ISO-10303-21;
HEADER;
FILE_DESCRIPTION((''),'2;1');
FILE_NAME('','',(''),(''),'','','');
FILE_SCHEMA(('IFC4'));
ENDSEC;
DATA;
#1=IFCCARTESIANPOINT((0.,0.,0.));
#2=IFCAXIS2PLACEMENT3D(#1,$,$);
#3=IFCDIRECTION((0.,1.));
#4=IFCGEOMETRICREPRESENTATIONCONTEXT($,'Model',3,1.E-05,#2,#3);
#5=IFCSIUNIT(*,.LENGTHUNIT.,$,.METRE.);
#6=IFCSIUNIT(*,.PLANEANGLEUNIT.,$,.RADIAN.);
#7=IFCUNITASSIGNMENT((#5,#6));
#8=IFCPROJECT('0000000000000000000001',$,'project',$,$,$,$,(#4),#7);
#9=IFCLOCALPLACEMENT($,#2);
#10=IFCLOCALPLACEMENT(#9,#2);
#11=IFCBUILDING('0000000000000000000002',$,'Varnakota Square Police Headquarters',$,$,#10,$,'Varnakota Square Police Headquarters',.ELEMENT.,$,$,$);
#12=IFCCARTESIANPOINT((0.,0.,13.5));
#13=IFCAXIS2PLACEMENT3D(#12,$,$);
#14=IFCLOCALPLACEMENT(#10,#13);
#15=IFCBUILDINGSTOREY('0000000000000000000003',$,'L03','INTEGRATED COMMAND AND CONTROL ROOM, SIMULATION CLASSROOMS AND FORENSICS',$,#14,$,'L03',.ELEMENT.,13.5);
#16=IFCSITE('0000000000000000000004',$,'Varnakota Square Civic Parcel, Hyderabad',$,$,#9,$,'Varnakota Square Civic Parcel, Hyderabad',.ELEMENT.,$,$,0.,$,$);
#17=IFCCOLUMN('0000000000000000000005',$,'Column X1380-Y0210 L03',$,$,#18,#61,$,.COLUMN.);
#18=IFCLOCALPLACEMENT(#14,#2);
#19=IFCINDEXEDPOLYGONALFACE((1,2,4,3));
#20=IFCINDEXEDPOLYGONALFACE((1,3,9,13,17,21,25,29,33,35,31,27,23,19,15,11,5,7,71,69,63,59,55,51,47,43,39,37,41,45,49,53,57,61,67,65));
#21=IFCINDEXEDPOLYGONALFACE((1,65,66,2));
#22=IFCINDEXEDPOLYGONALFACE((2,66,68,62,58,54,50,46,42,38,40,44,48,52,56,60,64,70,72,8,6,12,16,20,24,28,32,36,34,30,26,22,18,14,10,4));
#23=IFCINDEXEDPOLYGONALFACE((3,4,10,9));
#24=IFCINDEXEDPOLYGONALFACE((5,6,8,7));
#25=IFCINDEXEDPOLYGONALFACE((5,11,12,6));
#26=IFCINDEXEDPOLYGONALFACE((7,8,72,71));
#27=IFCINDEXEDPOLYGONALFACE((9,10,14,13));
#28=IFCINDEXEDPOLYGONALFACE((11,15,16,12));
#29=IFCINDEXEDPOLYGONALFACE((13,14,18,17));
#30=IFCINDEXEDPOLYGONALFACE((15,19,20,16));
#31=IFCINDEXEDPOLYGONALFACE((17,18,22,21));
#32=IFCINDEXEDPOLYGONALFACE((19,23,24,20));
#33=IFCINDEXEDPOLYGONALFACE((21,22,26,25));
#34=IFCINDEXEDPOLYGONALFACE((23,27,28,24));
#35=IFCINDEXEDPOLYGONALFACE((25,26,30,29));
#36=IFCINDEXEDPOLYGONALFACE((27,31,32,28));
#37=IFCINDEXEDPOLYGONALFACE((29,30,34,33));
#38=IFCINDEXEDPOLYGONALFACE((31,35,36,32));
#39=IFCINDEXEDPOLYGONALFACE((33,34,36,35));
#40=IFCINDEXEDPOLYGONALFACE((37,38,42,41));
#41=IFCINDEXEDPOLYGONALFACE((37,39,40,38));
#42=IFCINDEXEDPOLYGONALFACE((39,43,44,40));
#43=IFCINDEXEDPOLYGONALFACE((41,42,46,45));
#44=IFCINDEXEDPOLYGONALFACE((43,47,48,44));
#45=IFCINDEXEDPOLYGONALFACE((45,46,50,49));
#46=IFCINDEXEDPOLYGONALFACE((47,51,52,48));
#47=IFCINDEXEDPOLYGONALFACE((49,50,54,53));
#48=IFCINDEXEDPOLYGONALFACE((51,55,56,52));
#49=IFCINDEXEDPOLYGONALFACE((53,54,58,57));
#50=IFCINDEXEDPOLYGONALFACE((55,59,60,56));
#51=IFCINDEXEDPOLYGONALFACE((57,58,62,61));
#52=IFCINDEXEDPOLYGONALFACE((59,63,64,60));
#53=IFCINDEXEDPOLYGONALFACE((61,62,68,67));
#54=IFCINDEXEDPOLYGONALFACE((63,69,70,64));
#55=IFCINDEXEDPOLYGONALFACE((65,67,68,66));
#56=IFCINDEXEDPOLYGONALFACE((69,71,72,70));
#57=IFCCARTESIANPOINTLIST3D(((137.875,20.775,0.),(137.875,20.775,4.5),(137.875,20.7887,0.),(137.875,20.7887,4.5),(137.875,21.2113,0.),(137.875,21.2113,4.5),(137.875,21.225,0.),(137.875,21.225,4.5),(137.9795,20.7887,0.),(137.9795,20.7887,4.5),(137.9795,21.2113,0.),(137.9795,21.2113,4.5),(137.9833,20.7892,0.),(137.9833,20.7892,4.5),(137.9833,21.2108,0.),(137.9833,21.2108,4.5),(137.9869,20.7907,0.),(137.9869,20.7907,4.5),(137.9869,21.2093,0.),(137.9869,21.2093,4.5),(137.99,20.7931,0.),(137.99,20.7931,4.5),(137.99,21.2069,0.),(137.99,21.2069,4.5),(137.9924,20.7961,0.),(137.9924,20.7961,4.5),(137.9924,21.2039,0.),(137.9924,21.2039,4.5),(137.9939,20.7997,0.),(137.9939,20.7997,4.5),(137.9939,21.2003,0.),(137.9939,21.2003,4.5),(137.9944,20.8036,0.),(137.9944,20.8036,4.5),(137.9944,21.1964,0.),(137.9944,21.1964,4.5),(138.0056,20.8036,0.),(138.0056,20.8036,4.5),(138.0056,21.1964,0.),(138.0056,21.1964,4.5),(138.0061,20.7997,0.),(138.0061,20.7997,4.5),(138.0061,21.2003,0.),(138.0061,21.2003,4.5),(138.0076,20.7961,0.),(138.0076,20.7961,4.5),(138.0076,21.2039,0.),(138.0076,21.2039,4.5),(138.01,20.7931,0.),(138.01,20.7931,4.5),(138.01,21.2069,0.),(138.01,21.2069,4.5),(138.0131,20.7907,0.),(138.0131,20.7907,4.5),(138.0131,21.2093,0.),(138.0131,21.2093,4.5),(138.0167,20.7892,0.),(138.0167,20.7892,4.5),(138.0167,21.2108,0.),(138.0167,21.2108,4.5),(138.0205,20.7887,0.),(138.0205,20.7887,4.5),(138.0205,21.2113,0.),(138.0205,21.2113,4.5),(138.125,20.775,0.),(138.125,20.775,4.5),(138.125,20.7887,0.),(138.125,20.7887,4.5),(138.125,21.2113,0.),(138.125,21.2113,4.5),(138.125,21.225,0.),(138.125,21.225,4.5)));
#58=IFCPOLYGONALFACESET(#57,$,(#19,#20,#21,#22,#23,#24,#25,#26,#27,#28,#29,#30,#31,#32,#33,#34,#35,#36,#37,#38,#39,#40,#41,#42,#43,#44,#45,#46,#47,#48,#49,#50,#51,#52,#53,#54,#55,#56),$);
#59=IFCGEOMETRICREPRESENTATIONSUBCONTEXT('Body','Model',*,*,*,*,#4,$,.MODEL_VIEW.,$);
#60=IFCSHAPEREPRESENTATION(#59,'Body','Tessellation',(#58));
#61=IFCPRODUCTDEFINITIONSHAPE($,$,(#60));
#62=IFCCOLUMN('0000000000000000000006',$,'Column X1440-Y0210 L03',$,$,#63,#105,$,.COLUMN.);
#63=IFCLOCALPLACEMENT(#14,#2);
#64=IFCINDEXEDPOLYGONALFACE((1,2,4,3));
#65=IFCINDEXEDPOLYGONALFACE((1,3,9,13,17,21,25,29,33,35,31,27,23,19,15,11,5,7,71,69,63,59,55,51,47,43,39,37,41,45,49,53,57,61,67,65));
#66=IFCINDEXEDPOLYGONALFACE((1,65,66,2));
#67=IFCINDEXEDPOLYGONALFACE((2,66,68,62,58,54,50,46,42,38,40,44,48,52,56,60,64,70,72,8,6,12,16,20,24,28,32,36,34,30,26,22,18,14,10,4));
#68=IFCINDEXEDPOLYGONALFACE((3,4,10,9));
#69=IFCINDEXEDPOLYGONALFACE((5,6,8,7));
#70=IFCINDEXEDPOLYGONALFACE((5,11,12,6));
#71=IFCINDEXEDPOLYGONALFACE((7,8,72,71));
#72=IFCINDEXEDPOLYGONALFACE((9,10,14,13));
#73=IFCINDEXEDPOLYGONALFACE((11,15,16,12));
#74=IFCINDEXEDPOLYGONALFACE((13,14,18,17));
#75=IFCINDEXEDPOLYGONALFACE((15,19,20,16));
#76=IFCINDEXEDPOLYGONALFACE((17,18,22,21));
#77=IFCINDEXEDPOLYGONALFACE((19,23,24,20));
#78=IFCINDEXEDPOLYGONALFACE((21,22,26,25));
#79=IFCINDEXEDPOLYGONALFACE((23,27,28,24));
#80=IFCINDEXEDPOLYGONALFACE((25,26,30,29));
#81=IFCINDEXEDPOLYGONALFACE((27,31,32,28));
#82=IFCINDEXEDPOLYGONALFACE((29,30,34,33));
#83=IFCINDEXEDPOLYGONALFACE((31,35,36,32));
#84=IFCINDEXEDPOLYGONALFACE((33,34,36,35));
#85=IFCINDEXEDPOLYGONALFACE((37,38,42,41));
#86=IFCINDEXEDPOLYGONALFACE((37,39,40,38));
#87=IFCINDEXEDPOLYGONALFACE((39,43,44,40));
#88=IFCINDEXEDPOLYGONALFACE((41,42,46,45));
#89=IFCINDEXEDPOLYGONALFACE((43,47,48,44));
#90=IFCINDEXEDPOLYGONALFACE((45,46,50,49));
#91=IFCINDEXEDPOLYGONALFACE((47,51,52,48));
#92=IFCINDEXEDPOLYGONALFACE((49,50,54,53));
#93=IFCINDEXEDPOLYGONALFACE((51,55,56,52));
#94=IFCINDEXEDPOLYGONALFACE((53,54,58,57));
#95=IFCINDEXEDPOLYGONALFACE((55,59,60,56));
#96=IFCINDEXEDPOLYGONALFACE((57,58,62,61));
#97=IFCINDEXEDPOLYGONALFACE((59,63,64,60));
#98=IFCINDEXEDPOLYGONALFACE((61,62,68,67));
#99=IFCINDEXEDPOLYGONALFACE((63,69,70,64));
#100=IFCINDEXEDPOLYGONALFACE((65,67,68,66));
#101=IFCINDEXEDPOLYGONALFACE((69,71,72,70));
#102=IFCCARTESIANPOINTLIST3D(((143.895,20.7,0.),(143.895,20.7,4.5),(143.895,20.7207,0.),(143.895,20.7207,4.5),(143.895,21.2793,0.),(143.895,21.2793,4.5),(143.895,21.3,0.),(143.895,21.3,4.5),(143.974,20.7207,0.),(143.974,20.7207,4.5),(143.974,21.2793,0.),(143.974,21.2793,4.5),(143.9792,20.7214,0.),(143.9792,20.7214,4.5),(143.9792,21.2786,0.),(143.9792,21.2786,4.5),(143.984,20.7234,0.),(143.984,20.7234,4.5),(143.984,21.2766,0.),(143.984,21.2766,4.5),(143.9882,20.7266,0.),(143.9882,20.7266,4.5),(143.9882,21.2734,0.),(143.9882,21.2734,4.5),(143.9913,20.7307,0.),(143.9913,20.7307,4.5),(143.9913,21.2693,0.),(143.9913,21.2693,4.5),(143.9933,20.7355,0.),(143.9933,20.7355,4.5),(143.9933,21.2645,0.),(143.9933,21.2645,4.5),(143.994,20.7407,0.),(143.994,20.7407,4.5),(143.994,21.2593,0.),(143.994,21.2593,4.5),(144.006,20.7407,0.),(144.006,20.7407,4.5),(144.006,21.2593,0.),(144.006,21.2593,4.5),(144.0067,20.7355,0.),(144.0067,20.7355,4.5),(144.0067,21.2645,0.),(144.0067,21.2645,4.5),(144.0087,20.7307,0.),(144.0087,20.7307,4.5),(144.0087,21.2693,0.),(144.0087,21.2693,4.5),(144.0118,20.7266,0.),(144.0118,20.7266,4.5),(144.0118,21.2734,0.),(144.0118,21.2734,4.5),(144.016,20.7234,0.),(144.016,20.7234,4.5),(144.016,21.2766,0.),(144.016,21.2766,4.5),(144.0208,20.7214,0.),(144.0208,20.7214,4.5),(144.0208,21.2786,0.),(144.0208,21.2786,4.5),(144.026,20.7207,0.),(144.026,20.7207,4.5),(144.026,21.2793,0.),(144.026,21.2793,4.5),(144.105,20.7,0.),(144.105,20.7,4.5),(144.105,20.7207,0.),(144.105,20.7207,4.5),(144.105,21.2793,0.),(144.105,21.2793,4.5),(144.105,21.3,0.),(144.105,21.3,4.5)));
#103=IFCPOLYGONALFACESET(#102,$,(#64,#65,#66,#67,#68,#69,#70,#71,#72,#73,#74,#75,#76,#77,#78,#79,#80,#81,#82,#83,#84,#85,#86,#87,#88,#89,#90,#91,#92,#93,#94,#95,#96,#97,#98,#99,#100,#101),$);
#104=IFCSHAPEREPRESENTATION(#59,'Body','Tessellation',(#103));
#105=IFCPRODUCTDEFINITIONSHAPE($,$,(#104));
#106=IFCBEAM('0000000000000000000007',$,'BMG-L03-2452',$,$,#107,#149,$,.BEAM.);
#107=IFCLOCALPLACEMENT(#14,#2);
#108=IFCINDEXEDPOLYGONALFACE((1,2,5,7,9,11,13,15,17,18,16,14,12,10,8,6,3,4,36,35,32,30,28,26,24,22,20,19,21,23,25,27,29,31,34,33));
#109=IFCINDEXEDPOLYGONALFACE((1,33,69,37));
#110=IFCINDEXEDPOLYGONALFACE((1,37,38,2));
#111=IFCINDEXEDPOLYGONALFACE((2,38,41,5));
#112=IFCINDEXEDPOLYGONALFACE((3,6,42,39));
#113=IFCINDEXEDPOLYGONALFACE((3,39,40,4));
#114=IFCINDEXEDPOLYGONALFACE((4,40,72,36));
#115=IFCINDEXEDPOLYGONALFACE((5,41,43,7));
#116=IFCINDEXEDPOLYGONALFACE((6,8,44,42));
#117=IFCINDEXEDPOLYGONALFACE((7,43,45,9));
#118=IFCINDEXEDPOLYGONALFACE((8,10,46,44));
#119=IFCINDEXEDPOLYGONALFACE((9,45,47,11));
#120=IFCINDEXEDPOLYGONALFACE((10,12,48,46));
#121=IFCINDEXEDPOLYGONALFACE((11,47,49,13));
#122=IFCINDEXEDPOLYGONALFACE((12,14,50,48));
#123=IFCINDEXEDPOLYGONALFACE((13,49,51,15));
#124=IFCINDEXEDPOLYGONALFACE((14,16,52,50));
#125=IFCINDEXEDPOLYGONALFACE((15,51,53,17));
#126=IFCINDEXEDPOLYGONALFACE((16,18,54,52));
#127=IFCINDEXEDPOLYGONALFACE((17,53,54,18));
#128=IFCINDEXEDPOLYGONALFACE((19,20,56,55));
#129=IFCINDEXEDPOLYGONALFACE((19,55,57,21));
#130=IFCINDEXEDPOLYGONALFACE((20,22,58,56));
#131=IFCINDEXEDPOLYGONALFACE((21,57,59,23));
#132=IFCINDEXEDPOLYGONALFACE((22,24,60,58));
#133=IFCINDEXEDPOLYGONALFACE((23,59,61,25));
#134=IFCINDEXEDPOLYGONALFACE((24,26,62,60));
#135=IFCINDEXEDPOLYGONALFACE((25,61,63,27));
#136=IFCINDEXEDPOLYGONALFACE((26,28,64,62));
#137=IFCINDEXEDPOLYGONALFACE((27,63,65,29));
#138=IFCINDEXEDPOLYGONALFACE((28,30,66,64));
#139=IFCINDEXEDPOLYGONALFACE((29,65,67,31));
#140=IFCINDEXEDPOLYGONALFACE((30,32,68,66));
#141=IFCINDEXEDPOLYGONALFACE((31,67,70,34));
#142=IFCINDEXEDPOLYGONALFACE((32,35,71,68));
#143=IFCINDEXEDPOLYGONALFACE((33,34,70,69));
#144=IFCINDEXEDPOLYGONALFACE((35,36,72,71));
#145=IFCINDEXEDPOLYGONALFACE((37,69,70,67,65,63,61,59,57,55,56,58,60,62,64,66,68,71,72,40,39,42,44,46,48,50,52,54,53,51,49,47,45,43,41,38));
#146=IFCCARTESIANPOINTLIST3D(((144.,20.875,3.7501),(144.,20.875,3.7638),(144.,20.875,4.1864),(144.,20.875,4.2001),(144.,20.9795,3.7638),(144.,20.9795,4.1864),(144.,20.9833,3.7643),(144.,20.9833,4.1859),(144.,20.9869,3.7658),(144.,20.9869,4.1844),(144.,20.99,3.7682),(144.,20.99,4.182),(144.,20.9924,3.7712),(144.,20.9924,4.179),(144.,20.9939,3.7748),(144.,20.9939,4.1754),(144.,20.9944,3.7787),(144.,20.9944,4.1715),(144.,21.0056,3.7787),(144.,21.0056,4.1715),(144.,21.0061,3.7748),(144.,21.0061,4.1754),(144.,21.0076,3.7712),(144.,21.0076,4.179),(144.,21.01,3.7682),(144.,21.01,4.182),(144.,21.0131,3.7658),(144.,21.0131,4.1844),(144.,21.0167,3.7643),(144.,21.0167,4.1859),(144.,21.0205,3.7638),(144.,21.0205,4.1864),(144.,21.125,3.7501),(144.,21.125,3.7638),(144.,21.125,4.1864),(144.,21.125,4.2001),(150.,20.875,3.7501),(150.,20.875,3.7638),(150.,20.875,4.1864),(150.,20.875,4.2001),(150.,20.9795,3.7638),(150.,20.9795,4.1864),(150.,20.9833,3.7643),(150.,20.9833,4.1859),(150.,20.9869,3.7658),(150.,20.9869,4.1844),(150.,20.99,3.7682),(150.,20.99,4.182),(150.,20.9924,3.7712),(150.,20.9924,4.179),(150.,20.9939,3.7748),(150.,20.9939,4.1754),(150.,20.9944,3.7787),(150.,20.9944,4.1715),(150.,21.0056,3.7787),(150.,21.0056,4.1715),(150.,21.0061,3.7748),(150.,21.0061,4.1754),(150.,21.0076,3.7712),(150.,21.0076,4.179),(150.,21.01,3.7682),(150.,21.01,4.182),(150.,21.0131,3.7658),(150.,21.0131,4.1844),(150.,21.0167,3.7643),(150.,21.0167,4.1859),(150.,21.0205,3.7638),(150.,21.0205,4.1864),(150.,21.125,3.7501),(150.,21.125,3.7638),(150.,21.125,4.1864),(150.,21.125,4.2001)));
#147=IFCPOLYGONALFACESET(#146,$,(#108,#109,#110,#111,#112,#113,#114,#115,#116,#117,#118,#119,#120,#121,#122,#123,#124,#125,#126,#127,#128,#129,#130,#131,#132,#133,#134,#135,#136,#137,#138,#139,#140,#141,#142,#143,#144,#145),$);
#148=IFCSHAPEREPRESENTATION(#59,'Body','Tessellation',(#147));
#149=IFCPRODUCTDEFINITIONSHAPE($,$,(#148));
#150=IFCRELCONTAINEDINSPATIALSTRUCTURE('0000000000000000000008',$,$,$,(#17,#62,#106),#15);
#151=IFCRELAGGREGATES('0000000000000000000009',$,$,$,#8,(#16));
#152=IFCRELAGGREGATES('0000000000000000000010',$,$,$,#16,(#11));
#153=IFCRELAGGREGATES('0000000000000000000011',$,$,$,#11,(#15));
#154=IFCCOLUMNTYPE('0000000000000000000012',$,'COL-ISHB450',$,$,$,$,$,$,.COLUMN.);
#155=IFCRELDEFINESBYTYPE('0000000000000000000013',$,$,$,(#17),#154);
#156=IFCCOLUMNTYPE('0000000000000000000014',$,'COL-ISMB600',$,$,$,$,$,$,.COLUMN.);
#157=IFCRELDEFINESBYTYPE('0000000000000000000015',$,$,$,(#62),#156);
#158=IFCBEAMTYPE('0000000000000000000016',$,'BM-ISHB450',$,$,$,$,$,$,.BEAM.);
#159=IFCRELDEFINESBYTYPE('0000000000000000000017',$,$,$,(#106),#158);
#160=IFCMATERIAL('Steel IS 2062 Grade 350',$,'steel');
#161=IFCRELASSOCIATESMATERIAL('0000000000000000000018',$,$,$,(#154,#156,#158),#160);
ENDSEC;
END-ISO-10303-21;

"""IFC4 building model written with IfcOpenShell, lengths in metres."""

from ifc_helpers import new_model, si_unit, direction, frame, origin, origin_2d, place, context, subcontext, project, spatial, i_section, extrude, material, material_profile, profile_set, type_object, element, save


model = new_model("IFC4")

# Units and contexts
model_context = context("Model", 3, precision=1e-05, world=origin(), true_north=direction((0.0, 1.0)))
body_context = subcontext(model_context, "Body", "Model", "MODEL_VIEW")
ifc_project = project(units=[si_unit("LENGTHUNIT", "METRE"), si_unit("PLANEANGLEUNIT", "RADIAN")], contexts=[model_context])

# Site, building, storey
site_placement = place(None, origin())
site = spatial("IfcSite", under=ifc_project, at=site_placement, Name="Varnakota Square Civic Parcel, Hyderabad", LongName="Varnakota Square Civic Parcel, Hyderabad", CompositionType="ELEMENT", RefElevation=0.0)
building_placement = place(site_placement, origin())
building = spatial("IfcBuilding", under=site, at=building_placement, Name="Varnakota Square Police Headquarters", LongName="Varnakota Square Police Headquarters", CompositionType="ELEMENT")
storey_placement = place(building_placement, frame((0.0, 0.0, 13.5)))
storey = spatial("IfcBuildingStorey", under=building, at=storey_placement, Name="L03", Description="INTEGRATED COMMAND AND CONTROL ROOM, SIMULATION CLASSROOMS AND FORENSICS", LongName="L03", CompositionType="ELEMENT", Elevation=13.5)

# Columns
ifc_material_1 = material(Name="Steel IS 2062 Grade 350", Category="steel")
ifc_material_profile_1 = material_profile(ifc_material_1, i_section(OverallWidth=0.25, OverallDepth=0.45, WebThickness=0.0112, FlangeThickness=0.0137, FilletRadius=0.0149, at=origin_2d()), Name="ISHB 450")
ifc_profile_set_1 = profile_set([ifc_material_profile_1], Name="Steel IS 2062 Grade 350")
column_type_1 = type_object("IfcColumnType", Name="COL-ISHB450", PredefinedType="COLUMN", material=ifc_profile_set_1)
column_1_placement = place(storey_placement, frame((138.0, 21.0, 0.0), z_axis=(0.0, 0.0, 1.0), x_axis=(1.0, 0.0, 0.0)))
element("IfcColumn", 1, at=column_1_placement, inside=storey, type_object=column_type_1, Name="Column X1380-Y0210 L03", PredefinedType="COLUMN", context=body_context, shape_type="SweptSolid", body=[
    extrude(i_section(OverallWidth=0.25, OverallDepth=0.45, WebThickness=0.0112, FlangeThickness=0.0137, FilletRadius=0.0149, at=origin_2d()), origin(), (0.0, 0.0, 1.0), 4.5),
])
ifc_material_profile_2 = material_profile(ifc_material_1, i_section(OverallWidth=0.21, OverallDepth=0.6001, WebThickness=0.012, FlangeThickness=0.0208, FilletRadius=0.02, at=origin_2d()), Name="ISMB 600")
ifc_profile_set_2 = profile_set([ifc_material_profile_2], Name="Steel IS 2062 Grade 350")
column_type_2 = type_object("IfcColumnType", Name="COL-ISMB600", PredefinedType="COLUMN", material=ifc_profile_set_2)
column_2_placement = place(storey_placement, frame((144.0, 21.0, 0.0), z_axis=(0.0, 0.0, 1.0), x_axis=(1.0, 0.0, 0.0)))
element("IfcColumn", 2, at=column_2_placement, inside=storey, type_object=column_type_2, Name="Column X1440-Y0210 L03", PredefinedType="COLUMN", context=body_context, shape_type="SweptSolid", body=[
    extrude(i_section(OverallWidth=0.21, OverallDepth=0.6001, WebThickness=0.012, FlangeThickness=0.0208, FilletRadius=0.02, at=origin_2d()), origin(), (0.0, 0.0, 1.0), 4.5),
])

# Beam
ifc_material_profile_3 = material_profile(ifc_material_1, i_section(OverallWidth=0.25, OverallDepth=0.45, WebThickness=0.0112, FlangeThickness=0.0137, FilletRadius=0.0149, at=origin_2d()), Name="ISHB 450")
ifc_profile_set_3 = profile_set([ifc_material_profile_3], Name="Steel IS 2062 Grade 350")
beam_type_1 = type_object("IfcBeamType", Name="BM-ISHB450", PredefinedType="BEAM", material=ifc_profile_set_3)
beam_1_placement = place(storey_placement, frame((144.0, 21.0, 3.9751), z_axis=(1.0, 0.0, 0.0), x_axis=(0.0, 1.0, 0.0)))
element("IfcBeam", 3, at=beam_1_placement, inside=storey, type_object=beam_type_1, Name="BMG-L03-2452", PredefinedType="BEAM", context=body_context, shape_type="SweptSolid", body=[
    extrude(i_section(OverallWidth=0.25, OverallDepth=0.45, WebThickness=0.0112, FlangeThickness=0.0137, FilletRadius=0.0149, at=origin_2d()), origin(), (0.0, 0.0, 1.0), 6.0),
])

save(model, "model.ifc")
